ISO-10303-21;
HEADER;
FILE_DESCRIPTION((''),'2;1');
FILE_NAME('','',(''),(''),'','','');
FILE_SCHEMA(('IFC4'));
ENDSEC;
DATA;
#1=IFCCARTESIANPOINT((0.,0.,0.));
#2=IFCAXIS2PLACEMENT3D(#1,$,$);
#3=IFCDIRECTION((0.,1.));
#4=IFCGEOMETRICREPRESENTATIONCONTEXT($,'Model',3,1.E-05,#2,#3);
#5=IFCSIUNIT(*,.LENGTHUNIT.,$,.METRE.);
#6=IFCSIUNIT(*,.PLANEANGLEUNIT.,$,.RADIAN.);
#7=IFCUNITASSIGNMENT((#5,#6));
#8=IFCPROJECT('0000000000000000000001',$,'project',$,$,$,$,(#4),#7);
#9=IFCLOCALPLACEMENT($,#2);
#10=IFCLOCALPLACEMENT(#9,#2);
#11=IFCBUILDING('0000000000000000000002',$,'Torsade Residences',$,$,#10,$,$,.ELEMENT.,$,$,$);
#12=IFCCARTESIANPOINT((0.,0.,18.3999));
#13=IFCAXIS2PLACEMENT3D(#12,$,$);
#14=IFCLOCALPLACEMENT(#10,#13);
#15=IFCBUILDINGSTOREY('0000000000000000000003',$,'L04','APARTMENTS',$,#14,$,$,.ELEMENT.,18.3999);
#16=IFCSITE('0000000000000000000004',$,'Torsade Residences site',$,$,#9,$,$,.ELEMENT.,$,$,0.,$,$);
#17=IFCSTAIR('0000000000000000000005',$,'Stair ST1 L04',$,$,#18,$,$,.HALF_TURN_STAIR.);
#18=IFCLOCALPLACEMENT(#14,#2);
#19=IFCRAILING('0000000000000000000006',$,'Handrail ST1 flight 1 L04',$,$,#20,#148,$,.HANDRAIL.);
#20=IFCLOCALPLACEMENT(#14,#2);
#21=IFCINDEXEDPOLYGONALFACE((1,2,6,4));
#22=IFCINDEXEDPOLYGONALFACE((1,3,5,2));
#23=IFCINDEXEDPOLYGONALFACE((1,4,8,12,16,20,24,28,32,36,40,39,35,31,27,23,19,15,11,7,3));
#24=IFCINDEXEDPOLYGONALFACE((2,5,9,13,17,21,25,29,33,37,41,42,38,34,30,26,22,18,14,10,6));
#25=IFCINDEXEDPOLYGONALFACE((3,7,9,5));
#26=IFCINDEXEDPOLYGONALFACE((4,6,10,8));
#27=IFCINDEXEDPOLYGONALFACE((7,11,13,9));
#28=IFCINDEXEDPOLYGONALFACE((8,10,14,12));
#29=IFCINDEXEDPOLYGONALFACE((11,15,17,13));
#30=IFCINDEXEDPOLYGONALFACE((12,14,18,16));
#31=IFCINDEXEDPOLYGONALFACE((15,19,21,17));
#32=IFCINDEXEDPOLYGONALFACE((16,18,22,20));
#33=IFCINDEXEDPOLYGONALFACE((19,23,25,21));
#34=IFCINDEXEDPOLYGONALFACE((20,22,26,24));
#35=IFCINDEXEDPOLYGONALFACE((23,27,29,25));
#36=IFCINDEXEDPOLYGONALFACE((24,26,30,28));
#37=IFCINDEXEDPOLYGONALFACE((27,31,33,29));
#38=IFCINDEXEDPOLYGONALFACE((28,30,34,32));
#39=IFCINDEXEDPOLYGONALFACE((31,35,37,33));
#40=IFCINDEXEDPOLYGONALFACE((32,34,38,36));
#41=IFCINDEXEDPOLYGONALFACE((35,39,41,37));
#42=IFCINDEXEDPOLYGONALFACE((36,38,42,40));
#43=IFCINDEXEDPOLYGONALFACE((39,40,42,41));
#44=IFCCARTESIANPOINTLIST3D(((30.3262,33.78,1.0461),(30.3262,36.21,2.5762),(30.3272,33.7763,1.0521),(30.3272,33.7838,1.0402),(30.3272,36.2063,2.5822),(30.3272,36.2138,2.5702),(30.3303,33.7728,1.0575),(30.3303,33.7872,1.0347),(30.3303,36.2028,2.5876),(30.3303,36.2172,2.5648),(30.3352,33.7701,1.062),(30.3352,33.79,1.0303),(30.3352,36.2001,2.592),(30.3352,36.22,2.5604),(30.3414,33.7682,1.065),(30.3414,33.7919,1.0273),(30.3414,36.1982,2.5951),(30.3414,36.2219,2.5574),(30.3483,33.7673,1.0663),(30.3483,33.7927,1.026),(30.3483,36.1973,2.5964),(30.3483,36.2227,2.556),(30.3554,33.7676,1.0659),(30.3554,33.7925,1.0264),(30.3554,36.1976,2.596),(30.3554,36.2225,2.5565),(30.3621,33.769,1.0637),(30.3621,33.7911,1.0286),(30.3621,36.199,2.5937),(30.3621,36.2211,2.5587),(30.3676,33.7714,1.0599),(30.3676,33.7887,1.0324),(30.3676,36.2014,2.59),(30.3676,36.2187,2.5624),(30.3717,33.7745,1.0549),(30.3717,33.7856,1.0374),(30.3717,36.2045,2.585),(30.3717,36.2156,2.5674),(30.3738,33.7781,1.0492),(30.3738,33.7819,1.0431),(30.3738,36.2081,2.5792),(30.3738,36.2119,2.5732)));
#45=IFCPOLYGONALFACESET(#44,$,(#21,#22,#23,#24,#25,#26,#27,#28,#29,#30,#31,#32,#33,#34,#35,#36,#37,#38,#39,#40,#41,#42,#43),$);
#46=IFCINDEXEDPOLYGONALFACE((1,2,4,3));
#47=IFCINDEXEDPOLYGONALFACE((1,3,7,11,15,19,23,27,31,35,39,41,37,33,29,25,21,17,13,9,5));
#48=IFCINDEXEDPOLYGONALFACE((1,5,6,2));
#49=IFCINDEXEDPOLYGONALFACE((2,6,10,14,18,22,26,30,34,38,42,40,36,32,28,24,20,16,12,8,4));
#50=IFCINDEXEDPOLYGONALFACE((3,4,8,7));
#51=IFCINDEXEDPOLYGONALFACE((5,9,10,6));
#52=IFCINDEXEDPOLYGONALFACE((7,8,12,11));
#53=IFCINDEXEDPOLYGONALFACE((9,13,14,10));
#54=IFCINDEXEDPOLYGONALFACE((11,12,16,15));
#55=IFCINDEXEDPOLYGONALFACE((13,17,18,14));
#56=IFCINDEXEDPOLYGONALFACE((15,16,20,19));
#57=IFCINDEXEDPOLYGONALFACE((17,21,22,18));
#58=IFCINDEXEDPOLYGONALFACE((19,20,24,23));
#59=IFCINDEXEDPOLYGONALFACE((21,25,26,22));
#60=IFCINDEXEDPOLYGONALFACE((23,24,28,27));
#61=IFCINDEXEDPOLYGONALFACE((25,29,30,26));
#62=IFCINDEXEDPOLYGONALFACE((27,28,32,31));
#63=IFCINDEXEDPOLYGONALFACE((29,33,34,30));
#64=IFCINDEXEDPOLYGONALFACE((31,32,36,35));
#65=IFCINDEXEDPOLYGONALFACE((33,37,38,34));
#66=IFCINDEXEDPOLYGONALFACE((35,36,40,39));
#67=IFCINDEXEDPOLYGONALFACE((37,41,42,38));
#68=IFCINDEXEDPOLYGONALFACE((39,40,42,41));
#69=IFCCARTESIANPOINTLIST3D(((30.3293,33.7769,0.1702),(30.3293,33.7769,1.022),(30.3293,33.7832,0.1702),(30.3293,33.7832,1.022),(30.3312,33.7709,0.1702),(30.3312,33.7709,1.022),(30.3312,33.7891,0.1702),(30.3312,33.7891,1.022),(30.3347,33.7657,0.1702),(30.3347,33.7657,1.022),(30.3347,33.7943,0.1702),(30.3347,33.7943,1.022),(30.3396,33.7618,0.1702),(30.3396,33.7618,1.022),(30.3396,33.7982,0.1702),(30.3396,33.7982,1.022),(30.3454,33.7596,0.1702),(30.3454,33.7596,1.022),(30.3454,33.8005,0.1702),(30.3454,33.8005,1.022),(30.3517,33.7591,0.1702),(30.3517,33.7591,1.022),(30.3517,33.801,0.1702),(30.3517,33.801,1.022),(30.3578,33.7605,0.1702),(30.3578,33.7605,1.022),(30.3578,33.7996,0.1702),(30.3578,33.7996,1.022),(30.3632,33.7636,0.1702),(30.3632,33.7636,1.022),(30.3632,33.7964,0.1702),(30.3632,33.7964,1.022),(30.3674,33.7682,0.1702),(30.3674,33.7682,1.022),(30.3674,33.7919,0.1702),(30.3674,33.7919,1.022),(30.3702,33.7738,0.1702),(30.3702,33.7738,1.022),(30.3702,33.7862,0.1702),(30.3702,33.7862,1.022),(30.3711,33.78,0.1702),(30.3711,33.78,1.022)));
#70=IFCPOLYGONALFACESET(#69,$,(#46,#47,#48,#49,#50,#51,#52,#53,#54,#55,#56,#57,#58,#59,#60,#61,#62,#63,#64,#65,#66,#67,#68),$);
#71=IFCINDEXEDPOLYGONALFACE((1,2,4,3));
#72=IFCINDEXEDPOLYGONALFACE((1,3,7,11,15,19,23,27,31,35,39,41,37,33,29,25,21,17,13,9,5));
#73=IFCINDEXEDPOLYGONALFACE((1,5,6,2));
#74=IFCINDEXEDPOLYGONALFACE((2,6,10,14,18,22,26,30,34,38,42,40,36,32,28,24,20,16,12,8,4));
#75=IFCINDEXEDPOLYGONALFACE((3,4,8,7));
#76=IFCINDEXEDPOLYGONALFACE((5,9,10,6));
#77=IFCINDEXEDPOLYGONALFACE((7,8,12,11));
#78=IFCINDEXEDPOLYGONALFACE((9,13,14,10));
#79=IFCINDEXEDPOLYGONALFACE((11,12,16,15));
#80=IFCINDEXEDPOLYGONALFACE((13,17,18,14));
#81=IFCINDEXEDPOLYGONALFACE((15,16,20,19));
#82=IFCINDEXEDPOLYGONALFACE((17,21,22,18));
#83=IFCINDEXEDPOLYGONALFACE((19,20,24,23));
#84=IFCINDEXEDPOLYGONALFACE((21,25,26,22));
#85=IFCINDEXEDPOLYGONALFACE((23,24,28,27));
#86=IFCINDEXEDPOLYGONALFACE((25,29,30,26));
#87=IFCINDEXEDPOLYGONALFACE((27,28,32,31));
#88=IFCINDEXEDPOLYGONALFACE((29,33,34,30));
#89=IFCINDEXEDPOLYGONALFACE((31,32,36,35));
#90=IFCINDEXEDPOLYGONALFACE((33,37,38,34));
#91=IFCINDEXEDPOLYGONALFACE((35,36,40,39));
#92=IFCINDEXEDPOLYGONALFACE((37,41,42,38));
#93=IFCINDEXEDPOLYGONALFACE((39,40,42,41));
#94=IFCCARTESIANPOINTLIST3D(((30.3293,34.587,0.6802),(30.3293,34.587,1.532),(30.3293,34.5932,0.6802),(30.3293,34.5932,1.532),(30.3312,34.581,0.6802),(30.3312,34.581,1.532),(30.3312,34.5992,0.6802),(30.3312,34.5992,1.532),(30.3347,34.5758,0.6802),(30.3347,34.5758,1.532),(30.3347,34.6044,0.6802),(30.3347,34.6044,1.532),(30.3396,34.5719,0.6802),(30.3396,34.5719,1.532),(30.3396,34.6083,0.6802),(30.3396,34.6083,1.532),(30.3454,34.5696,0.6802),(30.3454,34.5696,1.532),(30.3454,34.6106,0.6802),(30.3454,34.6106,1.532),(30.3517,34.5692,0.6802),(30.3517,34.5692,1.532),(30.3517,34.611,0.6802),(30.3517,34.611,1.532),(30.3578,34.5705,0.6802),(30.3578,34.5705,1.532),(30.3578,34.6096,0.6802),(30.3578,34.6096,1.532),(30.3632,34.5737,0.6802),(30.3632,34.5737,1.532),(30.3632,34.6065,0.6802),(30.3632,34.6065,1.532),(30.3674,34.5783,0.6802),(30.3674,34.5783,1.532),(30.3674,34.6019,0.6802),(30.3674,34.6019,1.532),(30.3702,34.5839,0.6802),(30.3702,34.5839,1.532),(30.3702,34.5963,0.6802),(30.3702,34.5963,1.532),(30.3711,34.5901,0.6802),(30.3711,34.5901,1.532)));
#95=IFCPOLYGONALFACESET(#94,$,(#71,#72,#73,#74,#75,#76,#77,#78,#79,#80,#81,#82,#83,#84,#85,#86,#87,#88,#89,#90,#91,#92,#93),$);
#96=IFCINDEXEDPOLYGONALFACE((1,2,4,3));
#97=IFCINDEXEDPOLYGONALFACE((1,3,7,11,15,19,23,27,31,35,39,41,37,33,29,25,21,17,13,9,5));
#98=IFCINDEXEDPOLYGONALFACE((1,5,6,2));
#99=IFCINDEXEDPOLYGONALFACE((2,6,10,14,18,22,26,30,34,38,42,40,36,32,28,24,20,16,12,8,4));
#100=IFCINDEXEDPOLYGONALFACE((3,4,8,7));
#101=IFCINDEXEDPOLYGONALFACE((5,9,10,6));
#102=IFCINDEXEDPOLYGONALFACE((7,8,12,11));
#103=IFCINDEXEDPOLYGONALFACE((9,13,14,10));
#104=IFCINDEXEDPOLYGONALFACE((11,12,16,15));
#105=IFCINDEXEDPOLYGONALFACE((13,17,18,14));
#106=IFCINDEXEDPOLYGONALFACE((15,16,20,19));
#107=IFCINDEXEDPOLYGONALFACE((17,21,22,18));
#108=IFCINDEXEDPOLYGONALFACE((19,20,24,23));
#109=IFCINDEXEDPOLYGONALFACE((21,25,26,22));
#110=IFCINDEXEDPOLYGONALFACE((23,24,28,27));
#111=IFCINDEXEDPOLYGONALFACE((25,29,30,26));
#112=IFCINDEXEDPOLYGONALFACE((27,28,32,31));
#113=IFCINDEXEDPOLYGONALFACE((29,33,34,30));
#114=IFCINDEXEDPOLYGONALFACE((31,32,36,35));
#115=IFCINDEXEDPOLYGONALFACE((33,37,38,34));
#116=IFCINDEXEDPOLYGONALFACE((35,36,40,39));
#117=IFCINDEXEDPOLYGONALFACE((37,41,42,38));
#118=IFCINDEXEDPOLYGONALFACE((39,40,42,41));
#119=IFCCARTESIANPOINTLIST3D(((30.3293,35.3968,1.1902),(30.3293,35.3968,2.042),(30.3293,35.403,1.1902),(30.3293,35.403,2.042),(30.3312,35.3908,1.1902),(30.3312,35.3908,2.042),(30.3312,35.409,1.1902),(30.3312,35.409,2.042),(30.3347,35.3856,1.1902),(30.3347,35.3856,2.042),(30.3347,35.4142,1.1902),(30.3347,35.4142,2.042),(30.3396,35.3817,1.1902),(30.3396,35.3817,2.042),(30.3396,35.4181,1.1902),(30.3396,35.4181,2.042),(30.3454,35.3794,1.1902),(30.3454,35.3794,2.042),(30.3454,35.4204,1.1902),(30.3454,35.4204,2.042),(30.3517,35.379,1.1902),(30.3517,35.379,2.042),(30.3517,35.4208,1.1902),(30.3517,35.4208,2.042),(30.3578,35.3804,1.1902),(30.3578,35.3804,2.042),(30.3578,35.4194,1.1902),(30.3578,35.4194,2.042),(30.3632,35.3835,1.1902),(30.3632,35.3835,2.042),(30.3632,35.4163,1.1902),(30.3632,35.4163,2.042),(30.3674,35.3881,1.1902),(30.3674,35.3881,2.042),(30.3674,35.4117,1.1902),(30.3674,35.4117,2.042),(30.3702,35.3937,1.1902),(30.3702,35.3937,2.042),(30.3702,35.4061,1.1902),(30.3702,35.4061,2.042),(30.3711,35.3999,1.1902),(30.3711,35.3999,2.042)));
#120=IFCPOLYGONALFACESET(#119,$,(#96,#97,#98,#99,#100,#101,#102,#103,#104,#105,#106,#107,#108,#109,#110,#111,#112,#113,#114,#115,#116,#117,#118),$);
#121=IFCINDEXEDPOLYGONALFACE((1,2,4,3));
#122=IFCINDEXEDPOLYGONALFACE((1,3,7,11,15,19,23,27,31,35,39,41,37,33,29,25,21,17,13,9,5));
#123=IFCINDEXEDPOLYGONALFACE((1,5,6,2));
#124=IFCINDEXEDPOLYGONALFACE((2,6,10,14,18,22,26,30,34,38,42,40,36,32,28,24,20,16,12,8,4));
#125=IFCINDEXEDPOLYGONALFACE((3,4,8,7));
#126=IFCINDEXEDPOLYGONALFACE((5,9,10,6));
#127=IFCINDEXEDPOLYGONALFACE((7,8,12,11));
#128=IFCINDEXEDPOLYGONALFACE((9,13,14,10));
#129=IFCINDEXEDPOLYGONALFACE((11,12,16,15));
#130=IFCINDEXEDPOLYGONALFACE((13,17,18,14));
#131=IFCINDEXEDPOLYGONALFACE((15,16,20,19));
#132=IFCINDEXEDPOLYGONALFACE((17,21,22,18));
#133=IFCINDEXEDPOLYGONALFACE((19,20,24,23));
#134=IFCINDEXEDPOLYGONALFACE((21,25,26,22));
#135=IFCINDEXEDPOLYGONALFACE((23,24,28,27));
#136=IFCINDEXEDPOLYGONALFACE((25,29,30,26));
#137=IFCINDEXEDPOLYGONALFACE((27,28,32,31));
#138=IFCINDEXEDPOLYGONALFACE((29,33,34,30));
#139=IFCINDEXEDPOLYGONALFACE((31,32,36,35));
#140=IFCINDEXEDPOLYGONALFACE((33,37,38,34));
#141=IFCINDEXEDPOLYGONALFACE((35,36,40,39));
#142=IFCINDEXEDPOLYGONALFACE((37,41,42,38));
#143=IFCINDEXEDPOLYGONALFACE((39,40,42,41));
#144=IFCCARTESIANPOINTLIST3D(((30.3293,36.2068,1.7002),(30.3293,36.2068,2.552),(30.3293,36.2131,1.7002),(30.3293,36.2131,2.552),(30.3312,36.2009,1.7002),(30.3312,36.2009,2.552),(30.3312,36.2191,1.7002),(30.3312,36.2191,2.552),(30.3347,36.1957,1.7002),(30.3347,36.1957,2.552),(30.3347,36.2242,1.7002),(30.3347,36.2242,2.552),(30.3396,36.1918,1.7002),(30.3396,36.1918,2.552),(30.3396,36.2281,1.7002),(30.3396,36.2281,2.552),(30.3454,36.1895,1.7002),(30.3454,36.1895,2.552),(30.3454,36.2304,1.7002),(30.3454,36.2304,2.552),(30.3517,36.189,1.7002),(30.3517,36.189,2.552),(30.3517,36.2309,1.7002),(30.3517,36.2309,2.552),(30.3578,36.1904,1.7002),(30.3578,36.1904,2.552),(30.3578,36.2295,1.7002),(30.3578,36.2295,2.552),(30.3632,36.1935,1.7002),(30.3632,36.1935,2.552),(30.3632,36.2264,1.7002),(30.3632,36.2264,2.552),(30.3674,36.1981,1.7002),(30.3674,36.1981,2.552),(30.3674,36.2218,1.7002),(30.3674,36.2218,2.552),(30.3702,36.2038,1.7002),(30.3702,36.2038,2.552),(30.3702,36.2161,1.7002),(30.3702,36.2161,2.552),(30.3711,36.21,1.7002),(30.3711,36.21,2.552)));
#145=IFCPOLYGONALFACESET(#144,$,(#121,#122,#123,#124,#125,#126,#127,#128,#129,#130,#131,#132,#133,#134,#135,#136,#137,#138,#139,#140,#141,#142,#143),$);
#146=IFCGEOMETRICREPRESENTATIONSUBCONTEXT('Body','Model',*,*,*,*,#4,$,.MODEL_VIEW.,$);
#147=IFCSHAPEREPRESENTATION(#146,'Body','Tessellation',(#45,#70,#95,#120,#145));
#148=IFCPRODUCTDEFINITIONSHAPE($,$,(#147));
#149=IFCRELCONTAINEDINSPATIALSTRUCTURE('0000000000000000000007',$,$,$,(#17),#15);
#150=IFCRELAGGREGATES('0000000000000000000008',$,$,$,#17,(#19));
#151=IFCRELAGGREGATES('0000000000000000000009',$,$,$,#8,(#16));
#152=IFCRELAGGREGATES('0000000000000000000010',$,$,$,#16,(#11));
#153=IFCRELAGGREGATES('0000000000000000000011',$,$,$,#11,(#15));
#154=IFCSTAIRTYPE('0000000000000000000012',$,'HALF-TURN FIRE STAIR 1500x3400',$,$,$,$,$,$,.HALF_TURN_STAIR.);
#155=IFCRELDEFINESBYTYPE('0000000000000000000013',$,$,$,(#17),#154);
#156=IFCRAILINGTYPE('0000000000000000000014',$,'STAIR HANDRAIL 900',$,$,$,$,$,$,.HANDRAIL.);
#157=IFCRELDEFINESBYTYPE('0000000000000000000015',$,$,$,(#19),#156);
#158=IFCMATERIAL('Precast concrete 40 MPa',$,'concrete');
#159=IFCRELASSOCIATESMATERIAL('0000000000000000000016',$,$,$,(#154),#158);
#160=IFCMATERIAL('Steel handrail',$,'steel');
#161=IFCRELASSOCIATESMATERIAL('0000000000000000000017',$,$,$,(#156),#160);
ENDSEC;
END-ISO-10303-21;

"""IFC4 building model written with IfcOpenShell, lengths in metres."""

from ifc_helpers import new_model, si_unit, direction, frame, origin, origin_2d, place, context, subcontext, project, spatial, circle, extrude, material, type_object, element, aggregate, save


model = new_model("IFC4")

# Units and contexts
model_context = context("Model", 3, precision=1e-05, world=origin(), true_north=direction((0.0, 1.0)))
body_context = subcontext(model_context, "Body", "Model", "MODEL_VIEW")
ifc_project = project(units=[si_unit("LENGTHUNIT", "METRE"), si_unit("PLANEANGLEUNIT", "RADIAN")], contexts=[model_context])

# Site, building, storey
site_placement = place(None, origin())
site = spatial("IfcSite", under=ifc_project, at=site_placement, Name="Torsade Residences site", CompositionType="ELEMENT", RefElevation=0.0)
building_placement = place(site_placement, origin())
building = spatial("IfcBuilding", under=site, at=building_placement, Name="Torsade Residences", CompositionType="ELEMENT")
storey_placement = place(building_placement, frame((0.0, 0.0, 18.3999)))
storey = spatial("IfcBuildingStorey", under=building, at=storey_placement, Name="L04", Description="APARTMENTS", CompositionType="ELEMENT", Elevation=18.3999)

# Stair, railing
ifc_material_1 = material(Name="Precast concrete 40 MPa", Category="concrete")
stair_type = type_object("IfcStairType", Name="HALF-TURN FIRE STAIR 1500x3400", PredefinedType="HALF_TURN_STAIR", material=ifc_material_1)
stair_placement = place(storey_placement, origin())
stair = element("IfcStair", 1, at=stair_placement, inside=storey, type_object=stair_type, Name="Stair ST1 L04", PredefinedType="HALF_TURN_STAIR")
ifc_material_2 = material(Name="Steel handrail", Category="steel")
railing_type = type_object("IfcRailingType", Name="STAIR HANDRAIL 900", PredefinedType="HANDRAIL", material=ifc_material_2)
railing_1_placement = place(storey_placement, frame((30.3501, 33.78, 0.1702)))
railing_1 = element("IfcRailing", 2, at=railing_1_placement, type_object=railing_type, Name="Handrail ST1 flight 1 L04", PredefinedType="HANDRAIL", context=body_context, shape_type="SweptSolid", body=[
    extrude(circle(Radius=0.0239, at=origin_2d()), frame((0.0, 0.0, 0.876), z_axis=(0.0, 0.846221, 0.532831), x_axis=(-1.0, 0.0, 0.0)), (0.0, 0.0, 1.0), 2.8716),
    extrude(circle(Radius=0.021, at=origin_2d()), origin(), (0.0, 0.0, 1.0), 0.8518),
    extrude(circle(Radius=0.021, at=origin_2d()), frame((0.0, 0.8101, 0.51)), (0.0, 0.0, 1.0), 0.8518),
    extrude(circle(Radius=0.021, at=origin_2d()), frame((0.0, 1.6199, 1.02)), (0.0, 0.0, 1.0), 0.8518),
    extrude(circle(Radius=0.021, at=origin_2d()), frame((0.0, 2.4299, 1.53)), (0.0, 0.0, 1.0), 0.8518),
])
aggregate(stair, [railing_1])

save(model, "model.ifc")
